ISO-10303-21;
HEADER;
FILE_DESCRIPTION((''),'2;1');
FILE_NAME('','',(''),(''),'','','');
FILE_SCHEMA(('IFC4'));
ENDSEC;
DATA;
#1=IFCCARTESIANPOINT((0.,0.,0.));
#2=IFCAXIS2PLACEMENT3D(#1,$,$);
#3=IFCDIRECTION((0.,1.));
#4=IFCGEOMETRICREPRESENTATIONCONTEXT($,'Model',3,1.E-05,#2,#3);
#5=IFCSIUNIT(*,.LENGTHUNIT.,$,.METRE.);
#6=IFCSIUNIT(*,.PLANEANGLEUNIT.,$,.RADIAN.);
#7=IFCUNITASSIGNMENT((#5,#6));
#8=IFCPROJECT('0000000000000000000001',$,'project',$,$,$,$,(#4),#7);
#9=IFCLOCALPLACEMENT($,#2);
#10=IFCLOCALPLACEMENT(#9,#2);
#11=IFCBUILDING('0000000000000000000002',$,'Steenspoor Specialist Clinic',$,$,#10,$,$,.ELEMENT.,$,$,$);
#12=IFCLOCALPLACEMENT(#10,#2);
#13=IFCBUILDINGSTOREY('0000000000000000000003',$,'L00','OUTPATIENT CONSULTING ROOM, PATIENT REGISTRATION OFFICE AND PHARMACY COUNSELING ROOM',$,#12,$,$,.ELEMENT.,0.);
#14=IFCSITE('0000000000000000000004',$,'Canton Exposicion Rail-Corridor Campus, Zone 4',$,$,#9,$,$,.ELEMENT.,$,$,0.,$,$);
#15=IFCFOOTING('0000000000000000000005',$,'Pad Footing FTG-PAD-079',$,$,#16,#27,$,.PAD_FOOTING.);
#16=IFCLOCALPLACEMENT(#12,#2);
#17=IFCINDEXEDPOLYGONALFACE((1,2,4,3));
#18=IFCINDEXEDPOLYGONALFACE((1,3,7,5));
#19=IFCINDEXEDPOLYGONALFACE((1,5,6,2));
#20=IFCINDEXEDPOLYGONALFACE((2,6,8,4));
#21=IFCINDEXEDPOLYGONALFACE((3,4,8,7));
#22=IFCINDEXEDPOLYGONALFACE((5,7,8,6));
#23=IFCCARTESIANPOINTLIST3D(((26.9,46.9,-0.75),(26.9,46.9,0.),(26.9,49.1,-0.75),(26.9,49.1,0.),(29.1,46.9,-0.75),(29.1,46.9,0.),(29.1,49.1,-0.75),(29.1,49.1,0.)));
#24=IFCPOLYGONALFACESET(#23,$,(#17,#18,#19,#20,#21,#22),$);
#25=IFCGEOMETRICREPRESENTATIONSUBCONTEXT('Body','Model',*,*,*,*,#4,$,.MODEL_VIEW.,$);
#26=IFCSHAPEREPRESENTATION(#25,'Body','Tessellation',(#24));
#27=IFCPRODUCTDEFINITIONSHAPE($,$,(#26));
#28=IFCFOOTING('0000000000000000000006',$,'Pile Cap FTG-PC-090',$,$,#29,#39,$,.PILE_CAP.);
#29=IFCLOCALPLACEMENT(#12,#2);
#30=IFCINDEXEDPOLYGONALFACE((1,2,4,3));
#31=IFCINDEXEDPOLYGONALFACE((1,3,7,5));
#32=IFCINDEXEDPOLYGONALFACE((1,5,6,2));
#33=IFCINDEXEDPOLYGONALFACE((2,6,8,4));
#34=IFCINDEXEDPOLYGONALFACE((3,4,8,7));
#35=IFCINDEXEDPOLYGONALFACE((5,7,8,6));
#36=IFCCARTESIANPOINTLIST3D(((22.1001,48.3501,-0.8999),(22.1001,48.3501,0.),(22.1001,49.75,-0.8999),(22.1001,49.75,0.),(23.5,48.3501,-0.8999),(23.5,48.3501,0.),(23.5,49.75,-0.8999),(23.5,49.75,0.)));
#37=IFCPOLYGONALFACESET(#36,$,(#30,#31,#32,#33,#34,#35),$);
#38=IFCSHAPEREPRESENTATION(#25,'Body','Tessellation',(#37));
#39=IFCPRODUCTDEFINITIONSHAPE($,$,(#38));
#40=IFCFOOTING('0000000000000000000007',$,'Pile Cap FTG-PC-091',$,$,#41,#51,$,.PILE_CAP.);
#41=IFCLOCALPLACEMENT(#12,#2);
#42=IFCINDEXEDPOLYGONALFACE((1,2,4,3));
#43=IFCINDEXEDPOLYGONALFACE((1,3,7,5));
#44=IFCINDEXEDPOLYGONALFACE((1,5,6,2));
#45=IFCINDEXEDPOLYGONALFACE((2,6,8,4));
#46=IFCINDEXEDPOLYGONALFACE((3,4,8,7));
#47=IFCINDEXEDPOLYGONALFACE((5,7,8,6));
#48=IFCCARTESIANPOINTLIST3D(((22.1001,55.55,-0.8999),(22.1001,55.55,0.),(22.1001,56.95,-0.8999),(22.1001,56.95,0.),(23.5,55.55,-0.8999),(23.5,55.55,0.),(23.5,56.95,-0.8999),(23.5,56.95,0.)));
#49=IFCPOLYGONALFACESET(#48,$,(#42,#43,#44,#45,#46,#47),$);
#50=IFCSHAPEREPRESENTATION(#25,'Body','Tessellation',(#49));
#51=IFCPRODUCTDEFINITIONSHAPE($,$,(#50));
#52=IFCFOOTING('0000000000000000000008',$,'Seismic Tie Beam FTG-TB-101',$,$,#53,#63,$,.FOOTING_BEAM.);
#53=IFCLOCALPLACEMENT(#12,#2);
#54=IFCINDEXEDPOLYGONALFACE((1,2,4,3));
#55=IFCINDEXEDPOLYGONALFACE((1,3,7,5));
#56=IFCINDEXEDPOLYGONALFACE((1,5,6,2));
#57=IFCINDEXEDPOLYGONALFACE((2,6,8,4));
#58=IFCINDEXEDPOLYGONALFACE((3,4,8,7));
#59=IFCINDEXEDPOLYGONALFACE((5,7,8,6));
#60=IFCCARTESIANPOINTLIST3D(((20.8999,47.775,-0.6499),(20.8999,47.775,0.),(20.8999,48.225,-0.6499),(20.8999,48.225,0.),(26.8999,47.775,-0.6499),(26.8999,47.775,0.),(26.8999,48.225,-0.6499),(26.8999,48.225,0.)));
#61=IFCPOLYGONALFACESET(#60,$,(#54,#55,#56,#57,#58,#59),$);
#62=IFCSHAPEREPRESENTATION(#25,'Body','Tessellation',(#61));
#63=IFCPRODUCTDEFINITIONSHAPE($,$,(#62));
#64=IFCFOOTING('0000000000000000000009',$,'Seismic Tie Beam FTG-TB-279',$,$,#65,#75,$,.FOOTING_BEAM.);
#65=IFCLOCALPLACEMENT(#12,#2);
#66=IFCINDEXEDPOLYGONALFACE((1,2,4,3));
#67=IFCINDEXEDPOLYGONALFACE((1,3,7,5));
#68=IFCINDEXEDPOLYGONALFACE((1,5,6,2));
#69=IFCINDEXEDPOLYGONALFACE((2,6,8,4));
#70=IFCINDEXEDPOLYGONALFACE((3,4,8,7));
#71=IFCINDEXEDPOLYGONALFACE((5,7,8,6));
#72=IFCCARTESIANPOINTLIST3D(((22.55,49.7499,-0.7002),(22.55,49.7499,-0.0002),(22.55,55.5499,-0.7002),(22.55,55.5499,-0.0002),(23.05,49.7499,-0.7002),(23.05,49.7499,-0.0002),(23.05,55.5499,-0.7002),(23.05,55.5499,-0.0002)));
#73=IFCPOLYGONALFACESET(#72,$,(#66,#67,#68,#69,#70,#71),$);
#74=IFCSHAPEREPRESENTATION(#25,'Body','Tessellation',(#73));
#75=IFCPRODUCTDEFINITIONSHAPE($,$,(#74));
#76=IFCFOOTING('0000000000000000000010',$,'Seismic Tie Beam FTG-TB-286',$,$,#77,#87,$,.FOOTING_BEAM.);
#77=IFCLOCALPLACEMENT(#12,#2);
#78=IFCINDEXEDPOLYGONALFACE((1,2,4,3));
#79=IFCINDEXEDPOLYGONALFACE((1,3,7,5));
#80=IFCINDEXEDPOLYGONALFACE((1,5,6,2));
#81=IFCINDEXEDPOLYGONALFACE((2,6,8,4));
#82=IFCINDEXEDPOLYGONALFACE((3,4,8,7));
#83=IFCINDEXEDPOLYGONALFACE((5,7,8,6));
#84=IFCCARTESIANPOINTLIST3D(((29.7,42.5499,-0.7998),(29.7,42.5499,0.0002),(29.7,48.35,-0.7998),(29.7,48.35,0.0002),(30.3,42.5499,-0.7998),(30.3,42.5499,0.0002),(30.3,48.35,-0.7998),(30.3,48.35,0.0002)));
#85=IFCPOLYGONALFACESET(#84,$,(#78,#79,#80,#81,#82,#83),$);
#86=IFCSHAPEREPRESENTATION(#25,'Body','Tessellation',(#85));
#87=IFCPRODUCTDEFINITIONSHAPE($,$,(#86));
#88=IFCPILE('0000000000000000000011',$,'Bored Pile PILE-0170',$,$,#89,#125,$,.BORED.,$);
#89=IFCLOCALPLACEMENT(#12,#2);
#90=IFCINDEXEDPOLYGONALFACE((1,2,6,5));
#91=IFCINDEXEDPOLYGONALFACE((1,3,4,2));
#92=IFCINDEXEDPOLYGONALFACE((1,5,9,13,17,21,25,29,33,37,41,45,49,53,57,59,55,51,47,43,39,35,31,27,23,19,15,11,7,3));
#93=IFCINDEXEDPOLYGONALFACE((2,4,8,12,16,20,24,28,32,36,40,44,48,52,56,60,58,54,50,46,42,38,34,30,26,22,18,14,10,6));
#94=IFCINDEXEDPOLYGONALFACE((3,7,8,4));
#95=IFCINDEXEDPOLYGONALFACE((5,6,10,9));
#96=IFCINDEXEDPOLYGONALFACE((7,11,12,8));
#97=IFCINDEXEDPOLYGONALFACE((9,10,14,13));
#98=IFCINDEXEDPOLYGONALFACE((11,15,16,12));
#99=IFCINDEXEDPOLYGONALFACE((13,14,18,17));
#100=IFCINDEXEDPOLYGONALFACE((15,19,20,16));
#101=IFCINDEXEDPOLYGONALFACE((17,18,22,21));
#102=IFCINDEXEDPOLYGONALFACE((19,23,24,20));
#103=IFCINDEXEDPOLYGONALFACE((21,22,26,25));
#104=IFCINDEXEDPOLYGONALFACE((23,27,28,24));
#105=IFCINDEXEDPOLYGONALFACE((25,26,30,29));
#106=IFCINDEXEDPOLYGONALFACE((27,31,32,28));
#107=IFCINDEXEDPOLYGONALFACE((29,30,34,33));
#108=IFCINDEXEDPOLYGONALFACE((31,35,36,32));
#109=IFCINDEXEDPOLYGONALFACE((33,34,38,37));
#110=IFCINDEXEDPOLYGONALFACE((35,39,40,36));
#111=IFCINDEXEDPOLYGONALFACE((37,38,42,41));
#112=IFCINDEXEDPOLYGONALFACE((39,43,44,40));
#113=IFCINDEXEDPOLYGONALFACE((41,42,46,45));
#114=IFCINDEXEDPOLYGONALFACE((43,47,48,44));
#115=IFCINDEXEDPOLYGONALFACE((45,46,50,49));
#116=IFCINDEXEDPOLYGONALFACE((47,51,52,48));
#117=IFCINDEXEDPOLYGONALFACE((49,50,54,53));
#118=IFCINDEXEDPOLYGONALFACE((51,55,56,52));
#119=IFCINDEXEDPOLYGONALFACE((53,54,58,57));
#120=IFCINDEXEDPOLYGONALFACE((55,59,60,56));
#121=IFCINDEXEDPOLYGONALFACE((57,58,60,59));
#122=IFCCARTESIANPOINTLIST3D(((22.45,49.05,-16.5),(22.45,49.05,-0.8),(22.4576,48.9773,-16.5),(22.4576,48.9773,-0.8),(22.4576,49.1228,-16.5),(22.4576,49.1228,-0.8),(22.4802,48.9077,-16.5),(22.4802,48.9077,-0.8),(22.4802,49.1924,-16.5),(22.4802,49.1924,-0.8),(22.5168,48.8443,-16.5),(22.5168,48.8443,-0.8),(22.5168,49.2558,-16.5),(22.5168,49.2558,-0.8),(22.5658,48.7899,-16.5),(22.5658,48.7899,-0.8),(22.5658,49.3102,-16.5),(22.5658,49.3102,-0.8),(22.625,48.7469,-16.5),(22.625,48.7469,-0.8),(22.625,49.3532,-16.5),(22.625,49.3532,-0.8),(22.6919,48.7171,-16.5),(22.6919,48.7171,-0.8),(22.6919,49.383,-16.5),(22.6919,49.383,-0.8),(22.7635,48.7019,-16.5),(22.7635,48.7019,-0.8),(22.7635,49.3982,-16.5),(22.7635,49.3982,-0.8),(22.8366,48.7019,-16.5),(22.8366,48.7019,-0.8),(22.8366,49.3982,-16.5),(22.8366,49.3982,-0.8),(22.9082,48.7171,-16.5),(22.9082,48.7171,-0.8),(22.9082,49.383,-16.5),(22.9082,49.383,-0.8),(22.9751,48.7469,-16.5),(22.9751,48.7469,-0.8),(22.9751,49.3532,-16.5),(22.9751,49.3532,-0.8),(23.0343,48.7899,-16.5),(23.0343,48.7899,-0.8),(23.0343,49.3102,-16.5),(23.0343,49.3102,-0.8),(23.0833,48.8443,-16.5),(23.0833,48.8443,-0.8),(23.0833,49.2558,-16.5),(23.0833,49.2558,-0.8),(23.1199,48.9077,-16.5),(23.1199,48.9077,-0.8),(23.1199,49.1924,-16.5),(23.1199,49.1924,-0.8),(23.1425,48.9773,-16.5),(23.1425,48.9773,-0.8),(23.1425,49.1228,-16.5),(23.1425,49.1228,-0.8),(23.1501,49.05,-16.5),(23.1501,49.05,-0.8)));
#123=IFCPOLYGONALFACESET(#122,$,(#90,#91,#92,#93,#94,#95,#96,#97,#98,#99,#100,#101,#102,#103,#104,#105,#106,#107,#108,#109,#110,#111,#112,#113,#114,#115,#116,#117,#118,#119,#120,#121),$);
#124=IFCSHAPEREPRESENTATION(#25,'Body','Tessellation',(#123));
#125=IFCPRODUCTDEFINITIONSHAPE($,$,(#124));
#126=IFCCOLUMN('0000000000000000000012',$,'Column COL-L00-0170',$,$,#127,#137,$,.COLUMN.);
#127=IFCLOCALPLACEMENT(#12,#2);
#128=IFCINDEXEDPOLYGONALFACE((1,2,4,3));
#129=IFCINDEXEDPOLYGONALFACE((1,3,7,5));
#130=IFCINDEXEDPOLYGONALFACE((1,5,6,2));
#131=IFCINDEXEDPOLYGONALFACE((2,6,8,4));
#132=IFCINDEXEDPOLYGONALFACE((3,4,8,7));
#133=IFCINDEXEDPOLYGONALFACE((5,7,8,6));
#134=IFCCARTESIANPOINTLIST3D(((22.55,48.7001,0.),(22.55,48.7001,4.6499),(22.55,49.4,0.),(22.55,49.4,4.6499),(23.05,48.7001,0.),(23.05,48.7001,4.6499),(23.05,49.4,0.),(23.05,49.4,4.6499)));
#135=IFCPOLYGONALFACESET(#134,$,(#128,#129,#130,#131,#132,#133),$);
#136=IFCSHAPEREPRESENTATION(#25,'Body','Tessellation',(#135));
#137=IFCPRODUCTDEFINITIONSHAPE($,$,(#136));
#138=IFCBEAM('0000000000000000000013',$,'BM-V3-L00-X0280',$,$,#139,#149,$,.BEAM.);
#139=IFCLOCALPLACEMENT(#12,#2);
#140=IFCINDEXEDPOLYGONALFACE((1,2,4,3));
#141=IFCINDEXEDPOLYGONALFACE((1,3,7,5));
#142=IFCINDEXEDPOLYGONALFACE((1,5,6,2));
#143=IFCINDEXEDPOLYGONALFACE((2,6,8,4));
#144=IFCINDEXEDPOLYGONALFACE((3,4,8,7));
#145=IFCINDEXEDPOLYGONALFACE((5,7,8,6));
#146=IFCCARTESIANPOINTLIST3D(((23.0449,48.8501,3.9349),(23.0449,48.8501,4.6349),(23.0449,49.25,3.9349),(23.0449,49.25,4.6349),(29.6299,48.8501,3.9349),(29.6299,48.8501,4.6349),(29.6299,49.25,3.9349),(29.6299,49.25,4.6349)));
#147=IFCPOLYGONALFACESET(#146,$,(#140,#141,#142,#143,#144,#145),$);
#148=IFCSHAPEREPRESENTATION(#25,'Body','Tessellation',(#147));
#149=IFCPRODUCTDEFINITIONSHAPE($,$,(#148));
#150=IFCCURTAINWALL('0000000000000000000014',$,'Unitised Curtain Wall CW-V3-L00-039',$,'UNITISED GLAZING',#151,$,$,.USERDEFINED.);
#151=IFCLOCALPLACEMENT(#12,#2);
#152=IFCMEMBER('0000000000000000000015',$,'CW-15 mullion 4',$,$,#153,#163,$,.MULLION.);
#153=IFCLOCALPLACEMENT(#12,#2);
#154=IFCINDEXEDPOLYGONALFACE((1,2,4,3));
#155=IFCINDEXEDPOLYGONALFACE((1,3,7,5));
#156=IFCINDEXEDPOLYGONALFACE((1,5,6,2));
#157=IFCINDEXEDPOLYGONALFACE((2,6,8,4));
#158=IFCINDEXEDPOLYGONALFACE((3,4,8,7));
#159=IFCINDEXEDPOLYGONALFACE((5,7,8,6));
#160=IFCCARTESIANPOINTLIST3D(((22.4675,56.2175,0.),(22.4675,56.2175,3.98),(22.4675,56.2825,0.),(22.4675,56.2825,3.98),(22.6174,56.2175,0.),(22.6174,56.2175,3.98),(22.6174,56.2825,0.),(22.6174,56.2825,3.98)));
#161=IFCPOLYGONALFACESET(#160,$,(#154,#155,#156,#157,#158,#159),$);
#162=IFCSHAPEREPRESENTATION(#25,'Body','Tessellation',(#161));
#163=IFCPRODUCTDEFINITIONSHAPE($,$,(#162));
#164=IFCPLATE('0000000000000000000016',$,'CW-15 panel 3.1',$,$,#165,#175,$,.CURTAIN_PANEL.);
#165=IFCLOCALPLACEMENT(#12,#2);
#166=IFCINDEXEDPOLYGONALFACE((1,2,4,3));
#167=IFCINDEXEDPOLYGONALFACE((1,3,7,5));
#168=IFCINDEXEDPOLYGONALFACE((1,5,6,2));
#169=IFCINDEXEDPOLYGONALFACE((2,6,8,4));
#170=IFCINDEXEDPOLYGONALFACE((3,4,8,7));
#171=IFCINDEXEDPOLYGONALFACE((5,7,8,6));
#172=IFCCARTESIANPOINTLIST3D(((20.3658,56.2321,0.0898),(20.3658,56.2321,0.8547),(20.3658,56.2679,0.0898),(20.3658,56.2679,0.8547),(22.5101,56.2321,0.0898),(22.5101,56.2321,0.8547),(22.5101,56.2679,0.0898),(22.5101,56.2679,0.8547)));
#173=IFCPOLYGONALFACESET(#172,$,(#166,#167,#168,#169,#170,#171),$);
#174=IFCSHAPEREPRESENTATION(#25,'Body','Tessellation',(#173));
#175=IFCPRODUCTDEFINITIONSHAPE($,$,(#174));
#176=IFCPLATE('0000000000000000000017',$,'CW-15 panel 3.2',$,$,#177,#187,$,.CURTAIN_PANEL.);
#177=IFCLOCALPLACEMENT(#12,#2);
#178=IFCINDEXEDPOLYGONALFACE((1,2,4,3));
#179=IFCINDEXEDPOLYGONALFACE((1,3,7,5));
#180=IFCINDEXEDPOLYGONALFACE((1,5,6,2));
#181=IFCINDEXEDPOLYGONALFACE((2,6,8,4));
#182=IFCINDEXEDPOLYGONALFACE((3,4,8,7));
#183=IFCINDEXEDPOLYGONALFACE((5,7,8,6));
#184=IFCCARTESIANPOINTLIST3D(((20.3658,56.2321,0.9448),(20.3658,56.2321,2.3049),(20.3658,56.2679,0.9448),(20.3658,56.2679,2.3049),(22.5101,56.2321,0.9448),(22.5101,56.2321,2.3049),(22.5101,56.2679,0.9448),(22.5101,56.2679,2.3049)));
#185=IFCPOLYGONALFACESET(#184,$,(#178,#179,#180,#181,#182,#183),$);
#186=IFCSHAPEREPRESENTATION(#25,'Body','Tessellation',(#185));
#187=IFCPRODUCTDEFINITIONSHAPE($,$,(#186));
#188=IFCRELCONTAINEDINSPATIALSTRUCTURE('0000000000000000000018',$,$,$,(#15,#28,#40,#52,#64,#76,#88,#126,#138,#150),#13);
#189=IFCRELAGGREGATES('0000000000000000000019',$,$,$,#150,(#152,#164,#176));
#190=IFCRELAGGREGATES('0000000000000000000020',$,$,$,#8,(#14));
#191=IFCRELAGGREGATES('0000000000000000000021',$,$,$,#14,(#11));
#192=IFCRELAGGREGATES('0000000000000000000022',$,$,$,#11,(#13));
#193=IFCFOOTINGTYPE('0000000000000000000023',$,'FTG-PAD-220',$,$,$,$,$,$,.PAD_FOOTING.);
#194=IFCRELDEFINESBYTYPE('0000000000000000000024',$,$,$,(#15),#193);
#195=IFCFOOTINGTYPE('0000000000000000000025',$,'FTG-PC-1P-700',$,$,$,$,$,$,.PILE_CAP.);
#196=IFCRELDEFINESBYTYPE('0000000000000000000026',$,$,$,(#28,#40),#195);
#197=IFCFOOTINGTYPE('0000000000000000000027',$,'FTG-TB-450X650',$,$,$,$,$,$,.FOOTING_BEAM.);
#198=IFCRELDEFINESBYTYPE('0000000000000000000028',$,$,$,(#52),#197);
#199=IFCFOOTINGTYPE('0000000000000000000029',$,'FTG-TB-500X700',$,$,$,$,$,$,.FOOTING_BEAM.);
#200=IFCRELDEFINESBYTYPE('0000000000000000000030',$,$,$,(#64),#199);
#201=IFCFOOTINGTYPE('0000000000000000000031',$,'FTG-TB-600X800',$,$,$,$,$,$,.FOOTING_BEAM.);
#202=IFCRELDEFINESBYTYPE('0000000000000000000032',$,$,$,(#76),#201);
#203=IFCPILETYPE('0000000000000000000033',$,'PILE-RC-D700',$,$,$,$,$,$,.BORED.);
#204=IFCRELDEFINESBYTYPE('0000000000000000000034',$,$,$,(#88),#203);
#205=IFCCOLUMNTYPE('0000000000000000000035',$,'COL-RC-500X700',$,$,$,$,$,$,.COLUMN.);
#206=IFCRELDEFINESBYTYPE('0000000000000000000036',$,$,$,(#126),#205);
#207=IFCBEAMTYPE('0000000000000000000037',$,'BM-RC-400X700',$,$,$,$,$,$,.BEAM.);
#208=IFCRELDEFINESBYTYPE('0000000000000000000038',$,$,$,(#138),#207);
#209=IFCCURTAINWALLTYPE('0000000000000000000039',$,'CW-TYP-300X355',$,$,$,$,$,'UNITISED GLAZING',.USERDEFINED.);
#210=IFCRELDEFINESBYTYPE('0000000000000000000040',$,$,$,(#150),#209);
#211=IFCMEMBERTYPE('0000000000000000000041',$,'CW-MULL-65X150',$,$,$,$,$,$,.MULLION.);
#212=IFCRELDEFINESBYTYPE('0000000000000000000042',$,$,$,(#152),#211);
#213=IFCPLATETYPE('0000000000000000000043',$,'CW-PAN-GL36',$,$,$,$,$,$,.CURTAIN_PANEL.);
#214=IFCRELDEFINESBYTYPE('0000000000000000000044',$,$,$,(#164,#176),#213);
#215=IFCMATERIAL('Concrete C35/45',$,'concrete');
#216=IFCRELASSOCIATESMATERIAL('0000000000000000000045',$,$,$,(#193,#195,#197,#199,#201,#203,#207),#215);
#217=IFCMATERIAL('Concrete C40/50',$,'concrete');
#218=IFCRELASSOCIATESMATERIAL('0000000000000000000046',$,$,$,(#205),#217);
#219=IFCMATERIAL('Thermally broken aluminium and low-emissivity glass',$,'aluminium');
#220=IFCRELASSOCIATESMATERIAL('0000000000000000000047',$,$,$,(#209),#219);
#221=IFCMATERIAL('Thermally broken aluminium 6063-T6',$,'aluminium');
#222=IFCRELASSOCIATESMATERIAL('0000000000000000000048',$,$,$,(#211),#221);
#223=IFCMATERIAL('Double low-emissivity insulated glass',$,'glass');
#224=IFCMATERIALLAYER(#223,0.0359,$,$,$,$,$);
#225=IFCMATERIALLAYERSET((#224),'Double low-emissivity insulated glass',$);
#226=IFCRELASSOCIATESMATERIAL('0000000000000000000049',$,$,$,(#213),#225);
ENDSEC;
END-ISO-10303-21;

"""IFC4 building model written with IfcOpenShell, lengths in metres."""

from ifc_helpers import new_model, si_unit, direction, frame, origin, origin_2d, place, context, subcontext, project, spatial, rectangle, circle, extrude, material, layer, layer_set, material_profile, profile_set, type_object, element, aggregate, save


model = new_model("IFC4")

# Units and contexts
model_context = context("Model", 3, precision=1e-05, world=origin(), true_north=direction((0.0, 1.0)))
body_context = subcontext(model_context, "Body", "Model", "MODEL_VIEW")
ifc_project = project(units=[si_unit("LENGTHUNIT", "METRE"), si_unit("PLANEANGLEUNIT", "RADIAN")], contexts=[model_context])

# Site, building, storey
site_placement = place(None, origin())
site = spatial("IfcSite", under=ifc_project, at=site_placement, Name="Canton Exposicion Rail-Corridor Campus, Zone 4", CompositionType="ELEMENT", RefElevation=0.0)
building_placement = place(site_placement, origin())
building = spatial("IfcBuilding", under=site, at=building_placement, Name="Steenspoor Specialist Clinic", CompositionType="ELEMENT")
storey_placement = place(building_placement, origin())
storey = spatial("IfcBuildingStorey", under=building, at=storey_placement, Name="L00", Description="OUTPATIENT CONSULTING ROOM, PATIENT REGISTRATION OFFICE AND PHARMACY COUNSELING ROOM", CompositionType="ELEMENT", Elevation=0.0)

# Footings
ifc_material_1 = material(Name="Concrete C35/45", Category="concrete")
footing_type_1 = type_object("IfcFootingType", Name="FTG-PAD-220", PredefinedType="PAD_FOOTING", material=ifc_material_1)
footing_1_placement = place(storey_placement, frame((28.0, 48.0, -0.75), z_axis=(0.0, 0.0, 1.0), x_axis=(1.0, 0.0, 0.0)))
element("IfcFooting", 1, at=footing_1_placement, inside=storey, type_object=footing_type_1, Name="Pad Footing FTG-PAD-079", PredefinedType="PAD_FOOTING", context=body_context, shape_type="SweptSolid", body=[
    extrude(rectangle(XDim=2.2, YDim=2.2, at=origin_2d()), origin(), (0.0, 0.0, 1.0), 0.75),
])
footing_type_2 = type_object("IfcFootingType", Name="FTG-PC-1P-700", PredefinedType="PILE_CAP", material=ifc_material_1)
for number, where, z_axis, x_axis, name in (
    (2, (22.8, 49.05, -0.8999), (0.0, 0.0, 1.0), (1.0, 0.0, 0.0), "Pile Cap FTG-PC-090"),
    (3, (22.8, 56.25, -0.8999), (0.0, 0.0, 1.0), (1.0, 0.0, 0.0), "Pile Cap FTG-PC-091"),
):
    element("IfcFooting", number, at=place(storey_placement, frame(where, z_axis=z_axis, x_axis=x_axis)), inside=storey, type_object=footing_type_2, Name=name, PredefinedType="PILE_CAP", context=body_context, shape_type="SweptSolid", body=[
        extrude(rectangle(XDim=1.3999, YDim=1.3999, at=origin_2d()), origin(), (0.0, 0.0, 1.0), 0.8999),
    ])
footing_type_3 = type_object("IfcFootingType", Name="FTG-TB-450X650", PredefinedType="FOOTING_BEAM", material=ifc_material_1)
footing_2_placement = place(storey_placement, frame((23.8999, 48.0, -0.6499), z_axis=(0.0, 0.0, 1.0), x_axis=(1.0, 0.0, 0.0)))
element("IfcFooting", 4, at=footing_2_placement, inside=storey, type_object=footing_type_3, Name="Seismic Tie Beam FTG-TB-101", PredefinedType="FOOTING_BEAM", context=body_context, shape_type="SweptSolid", body=[
    extrude(rectangle(XDim=6.0, YDim=0.45, at=origin_2d()), origin(), (0.0, 0.0, 1.0), 0.6499),
])
footing_type_4 = type_object("IfcFootingType", Name="FTG-TB-500X700", PredefinedType="FOOTING_BEAM", material=ifc_material_1)
footing_3_placement = place(storey_placement, frame((22.8, 52.6499, -0.7002), z_axis=(0.0, 0.0, 1.0), x_axis=(1.0, 0.0, 0.0)))
element("IfcFooting", 5, at=footing_3_placement, inside=storey, type_object=footing_type_4, Name="Seismic Tie Beam FTG-TB-279", PredefinedType="FOOTING_BEAM", context=body_context, shape_type="SweptSolid", body=[
    extrude(rectangle(XDim=0.5, YDim=5.8, at=origin_2d()), origin(), (0.0, 0.0, 1.0), 0.7),
])
footing_type_5 = type_object("IfcFootingType", Name="FTG-TB-600X800", PredefinedType="FOOTING_BEAM", material=ifc_material_1)
footing_4_placement = place(storey_placement, frame((30.0, 45.45, -0.7998), z_axis=(0.0, 0.0, 1.0), x_axis=(1.0, 0.0, 0.0)))
element("IfcFooting", 6, at=footing_4_placement, inside=storey, type_object=footing_type_5, Name="Seismic Tie Beam FTG-TB-286", PredefinedType="FOOTING_BEAM", context=body_context, shape_type="SweptSolid", body=[
    extrude(rectangle(XDim=0.6001, YDim=5.8, at=origin_2d()), origin(), (0.0, 0.0, 1.0), 0.8),
])

# Pile
ifc_material_profile_1 = material_profile(ifc_material_1, circle(Radius=0.3501, at=origin_2d()), Name="PILE-D700")
ifc_profile_set_1 = profile_set([ifc_material_profile_1], Name="Concrete C35/45")
pile_type = type_object("IfcPileType", Name="PILE-RC-D700", PredefinedType="BORED", material=ifc_profile_set_1)
pile_placement = place(storey_placement, frame((22.8, 49.05, -0.8), z_axis=(0.0, 0.0, -1.0), x_axis=(1.0, 0.0, 0.0)))
element("IfcPile", 7, at=pile_placement, inside=storey, type_object=pile_type, Name="Bored Pile PILE-0170", PredefinedType="BORED", context=body_context, shape_type="SweptSolid", body=[
    extrude(circle(Radius=0.3501, at=origin_2d()), origin(), (0.0, 0.0, 1.0), 15.7),
])

# Column
ifc_material_2 = material(Name="Concrete C40/50", Category="concrete")
ifc_material_profile_2 = material_profile(ifc_material_2, rectangle(XDim=0.5, YDim=0.7, at=origin_2d()), Name="RC-COL-500X700")
ifc_profile_set_2 = profile_set([ifc_material_profile_2], Name="Concrete C40/50")
column_type = type_object("IfcColumnType", Name="COL-RC-500X700", PredefinedType="COLUMN", material=ifc_profile_set_2)
column_placement = place(storey_placement, frame((22.8, 49.05, 0.0), z_axis=(0.0, 0.0, 1.0), x_axis=(1.0, 0.0, 0.0)))
element("IfcColumn", 8, at=column_placement, inside=storey, type_object=column_type, Name="Column COL-L00-0170", PredefinedType="COLUMN", context=body_context, shape_type="SweptSolid", body=[
    extrude(rectangle(XDim=0.5, YDim=0.7, at=origin_2d()), origin(), (0.0, 0.0, 1.0), 4.6499),
])

# Beam
ifc_material_profile_3 = material_profile(ifc_material_1, rectangle(XDim=0.3999, YDim=0.7, at=origin_2d()), Name="RC-BM-400X700")
ifc_profile_set_3 = profile_set([ifc_material_profile_3], Name="Concrete C35/45")
beam_type = type_object("IfcBeamType", Name="BM-RC-400X700", PredefinedType="BEAM", material=ifc_profile_set_3)
beam_placement = place(storey_placement, frame((23.0449, 49.05, 4.2849), z_axis=(1.0, 0.0, 0.0), x_axis=(0.0, 1.0, 0.0)))
element("IfcBeam", 9, at=beam_placement, inside=storey, type_object=beam_type, Name="BM-V3-L00-X0280", PredefinedType="BEAM", context=body_context, shape_type="SweptSolid", body=[
    extrude(rectangle(XDim=0.3999, YDim=0.7, at=origin_2d()), origin(), (0.0, 0.0, 1.0), 6.585),
])

# Curtain wall, member, plates
ifc_material_3 = material(Name="Thermally broken aluminium and low-emissivity glass", Category="aluminium")
curtain_wall_type = type_object("IfcCurtainWallType", Name="CW-TYP-300X355", ElementType="UNITISED GLAZING", PredefinedType="USERDEFINED", material=ifc_material_3)
curtain_wall_placement = place(storey_placement, origin())
curtain_wall = element("IfcCurtainWall", 10, at=curtain_wall_placement, inside=storey, type_object=curtain_wall_type, Name="Unitised Curtain Wall CW-V3-L00-039", ObjectType="UNITISED GLAZING", PredefinedType="USERDEFINED")
ifc_material_4 = material(Name="Thermally broken aluminium 6063-T6", Category="aluminium")
ifc_material_profile_4 = material_profile(ifc_material_4, rectangle(XDim=0.0649, YDim=0.1499, at=origin_2d()), Name="CWM-65X150")
ifc_profile_set_4 = profile_set([ifc_material_profile_4], Name="Thermally broken aluminium 6063-T6")
member_type = type_object("IfcMemberType", Name="CW-MULL-65X150", PredefinedType="MULLION", material=ifc_profile_set_4)
member_placement = place(storey_placement, frame((22.5425, 56.25, 0.0), z_axis=(0.0, 0.0, 1.0), x_axis=(0.0, 1.0, 0.0)))
member = element("IfcMember", 11, at=member_placement, type_object=member_type, Name="CW-15 mullion 4", PredefinedType="MULLION", context=body_context, shape_type="SweptSolid", body=[
    extrude(rectangle(XDim=0.0649, YDim=0.1499, at=origin_2d()), origin(), (0.0, 0.0, 1.0), 3.98),
])
ifc_material_5 = material(Name="Double low-emissivity insulated glass", Category="glass")
ifc_layer_1 = layer(ifc_material_5, 0.0359)
ifc_layer_set_1 = layer_set([ifc_layer_1], Name="Double low-emissivity insulated glass")
plate_type = type_object("IfcPlateType", Name="CW-PAN-GL36", PredefinedType="CURTAIN_PANEL", material=ifc_layer_set_1)
plate_1_placement = place(storey_placement, frame((21.438, 56.25, 0.0898), z_axis=(0.0, 0.0, 1.0), x_axis=(1.0, 0.0, 0.0)))
plate_1 = element("IfcPlate", 12, at=plate_1_placement, type_object=plate_type, Name="CW-15 panel 3.1", PredefinedType="CURTAIN_PANEL", context=body_context, shape_type="SweptSolid", body=[
    extrude(rectangle(XDim=2.1443, YDim=0.0359, at=origin_2d()), origin(), (0.0, 0.0, 1.0), 0.7649),
])
plate_2_placement = place(storey_placement, frame((21.438, 56.25, 0.9448), z_axis=(0.0, 0.0, 1.0), x_axis=(1.0, 0.0, 0.0)))
plate_2 = element("IfcPlate", 13, at=plate_2_placement, type_object=plate_type, Name="CW-15 panel 3.2", PredefinedType="CURTAIN_PANEL", context=body_context, shape_type="SweptSolid", body=[
    extrude(rectangle(XDim=2.1443, YDim=0.0359, at=origin_2d()), origin(), (0.0, 0.0, 1.0), 1.3601),
])
aggregate(curtain_wall, [member, plate_1, plate_2])

save(model, "model.ifc")
